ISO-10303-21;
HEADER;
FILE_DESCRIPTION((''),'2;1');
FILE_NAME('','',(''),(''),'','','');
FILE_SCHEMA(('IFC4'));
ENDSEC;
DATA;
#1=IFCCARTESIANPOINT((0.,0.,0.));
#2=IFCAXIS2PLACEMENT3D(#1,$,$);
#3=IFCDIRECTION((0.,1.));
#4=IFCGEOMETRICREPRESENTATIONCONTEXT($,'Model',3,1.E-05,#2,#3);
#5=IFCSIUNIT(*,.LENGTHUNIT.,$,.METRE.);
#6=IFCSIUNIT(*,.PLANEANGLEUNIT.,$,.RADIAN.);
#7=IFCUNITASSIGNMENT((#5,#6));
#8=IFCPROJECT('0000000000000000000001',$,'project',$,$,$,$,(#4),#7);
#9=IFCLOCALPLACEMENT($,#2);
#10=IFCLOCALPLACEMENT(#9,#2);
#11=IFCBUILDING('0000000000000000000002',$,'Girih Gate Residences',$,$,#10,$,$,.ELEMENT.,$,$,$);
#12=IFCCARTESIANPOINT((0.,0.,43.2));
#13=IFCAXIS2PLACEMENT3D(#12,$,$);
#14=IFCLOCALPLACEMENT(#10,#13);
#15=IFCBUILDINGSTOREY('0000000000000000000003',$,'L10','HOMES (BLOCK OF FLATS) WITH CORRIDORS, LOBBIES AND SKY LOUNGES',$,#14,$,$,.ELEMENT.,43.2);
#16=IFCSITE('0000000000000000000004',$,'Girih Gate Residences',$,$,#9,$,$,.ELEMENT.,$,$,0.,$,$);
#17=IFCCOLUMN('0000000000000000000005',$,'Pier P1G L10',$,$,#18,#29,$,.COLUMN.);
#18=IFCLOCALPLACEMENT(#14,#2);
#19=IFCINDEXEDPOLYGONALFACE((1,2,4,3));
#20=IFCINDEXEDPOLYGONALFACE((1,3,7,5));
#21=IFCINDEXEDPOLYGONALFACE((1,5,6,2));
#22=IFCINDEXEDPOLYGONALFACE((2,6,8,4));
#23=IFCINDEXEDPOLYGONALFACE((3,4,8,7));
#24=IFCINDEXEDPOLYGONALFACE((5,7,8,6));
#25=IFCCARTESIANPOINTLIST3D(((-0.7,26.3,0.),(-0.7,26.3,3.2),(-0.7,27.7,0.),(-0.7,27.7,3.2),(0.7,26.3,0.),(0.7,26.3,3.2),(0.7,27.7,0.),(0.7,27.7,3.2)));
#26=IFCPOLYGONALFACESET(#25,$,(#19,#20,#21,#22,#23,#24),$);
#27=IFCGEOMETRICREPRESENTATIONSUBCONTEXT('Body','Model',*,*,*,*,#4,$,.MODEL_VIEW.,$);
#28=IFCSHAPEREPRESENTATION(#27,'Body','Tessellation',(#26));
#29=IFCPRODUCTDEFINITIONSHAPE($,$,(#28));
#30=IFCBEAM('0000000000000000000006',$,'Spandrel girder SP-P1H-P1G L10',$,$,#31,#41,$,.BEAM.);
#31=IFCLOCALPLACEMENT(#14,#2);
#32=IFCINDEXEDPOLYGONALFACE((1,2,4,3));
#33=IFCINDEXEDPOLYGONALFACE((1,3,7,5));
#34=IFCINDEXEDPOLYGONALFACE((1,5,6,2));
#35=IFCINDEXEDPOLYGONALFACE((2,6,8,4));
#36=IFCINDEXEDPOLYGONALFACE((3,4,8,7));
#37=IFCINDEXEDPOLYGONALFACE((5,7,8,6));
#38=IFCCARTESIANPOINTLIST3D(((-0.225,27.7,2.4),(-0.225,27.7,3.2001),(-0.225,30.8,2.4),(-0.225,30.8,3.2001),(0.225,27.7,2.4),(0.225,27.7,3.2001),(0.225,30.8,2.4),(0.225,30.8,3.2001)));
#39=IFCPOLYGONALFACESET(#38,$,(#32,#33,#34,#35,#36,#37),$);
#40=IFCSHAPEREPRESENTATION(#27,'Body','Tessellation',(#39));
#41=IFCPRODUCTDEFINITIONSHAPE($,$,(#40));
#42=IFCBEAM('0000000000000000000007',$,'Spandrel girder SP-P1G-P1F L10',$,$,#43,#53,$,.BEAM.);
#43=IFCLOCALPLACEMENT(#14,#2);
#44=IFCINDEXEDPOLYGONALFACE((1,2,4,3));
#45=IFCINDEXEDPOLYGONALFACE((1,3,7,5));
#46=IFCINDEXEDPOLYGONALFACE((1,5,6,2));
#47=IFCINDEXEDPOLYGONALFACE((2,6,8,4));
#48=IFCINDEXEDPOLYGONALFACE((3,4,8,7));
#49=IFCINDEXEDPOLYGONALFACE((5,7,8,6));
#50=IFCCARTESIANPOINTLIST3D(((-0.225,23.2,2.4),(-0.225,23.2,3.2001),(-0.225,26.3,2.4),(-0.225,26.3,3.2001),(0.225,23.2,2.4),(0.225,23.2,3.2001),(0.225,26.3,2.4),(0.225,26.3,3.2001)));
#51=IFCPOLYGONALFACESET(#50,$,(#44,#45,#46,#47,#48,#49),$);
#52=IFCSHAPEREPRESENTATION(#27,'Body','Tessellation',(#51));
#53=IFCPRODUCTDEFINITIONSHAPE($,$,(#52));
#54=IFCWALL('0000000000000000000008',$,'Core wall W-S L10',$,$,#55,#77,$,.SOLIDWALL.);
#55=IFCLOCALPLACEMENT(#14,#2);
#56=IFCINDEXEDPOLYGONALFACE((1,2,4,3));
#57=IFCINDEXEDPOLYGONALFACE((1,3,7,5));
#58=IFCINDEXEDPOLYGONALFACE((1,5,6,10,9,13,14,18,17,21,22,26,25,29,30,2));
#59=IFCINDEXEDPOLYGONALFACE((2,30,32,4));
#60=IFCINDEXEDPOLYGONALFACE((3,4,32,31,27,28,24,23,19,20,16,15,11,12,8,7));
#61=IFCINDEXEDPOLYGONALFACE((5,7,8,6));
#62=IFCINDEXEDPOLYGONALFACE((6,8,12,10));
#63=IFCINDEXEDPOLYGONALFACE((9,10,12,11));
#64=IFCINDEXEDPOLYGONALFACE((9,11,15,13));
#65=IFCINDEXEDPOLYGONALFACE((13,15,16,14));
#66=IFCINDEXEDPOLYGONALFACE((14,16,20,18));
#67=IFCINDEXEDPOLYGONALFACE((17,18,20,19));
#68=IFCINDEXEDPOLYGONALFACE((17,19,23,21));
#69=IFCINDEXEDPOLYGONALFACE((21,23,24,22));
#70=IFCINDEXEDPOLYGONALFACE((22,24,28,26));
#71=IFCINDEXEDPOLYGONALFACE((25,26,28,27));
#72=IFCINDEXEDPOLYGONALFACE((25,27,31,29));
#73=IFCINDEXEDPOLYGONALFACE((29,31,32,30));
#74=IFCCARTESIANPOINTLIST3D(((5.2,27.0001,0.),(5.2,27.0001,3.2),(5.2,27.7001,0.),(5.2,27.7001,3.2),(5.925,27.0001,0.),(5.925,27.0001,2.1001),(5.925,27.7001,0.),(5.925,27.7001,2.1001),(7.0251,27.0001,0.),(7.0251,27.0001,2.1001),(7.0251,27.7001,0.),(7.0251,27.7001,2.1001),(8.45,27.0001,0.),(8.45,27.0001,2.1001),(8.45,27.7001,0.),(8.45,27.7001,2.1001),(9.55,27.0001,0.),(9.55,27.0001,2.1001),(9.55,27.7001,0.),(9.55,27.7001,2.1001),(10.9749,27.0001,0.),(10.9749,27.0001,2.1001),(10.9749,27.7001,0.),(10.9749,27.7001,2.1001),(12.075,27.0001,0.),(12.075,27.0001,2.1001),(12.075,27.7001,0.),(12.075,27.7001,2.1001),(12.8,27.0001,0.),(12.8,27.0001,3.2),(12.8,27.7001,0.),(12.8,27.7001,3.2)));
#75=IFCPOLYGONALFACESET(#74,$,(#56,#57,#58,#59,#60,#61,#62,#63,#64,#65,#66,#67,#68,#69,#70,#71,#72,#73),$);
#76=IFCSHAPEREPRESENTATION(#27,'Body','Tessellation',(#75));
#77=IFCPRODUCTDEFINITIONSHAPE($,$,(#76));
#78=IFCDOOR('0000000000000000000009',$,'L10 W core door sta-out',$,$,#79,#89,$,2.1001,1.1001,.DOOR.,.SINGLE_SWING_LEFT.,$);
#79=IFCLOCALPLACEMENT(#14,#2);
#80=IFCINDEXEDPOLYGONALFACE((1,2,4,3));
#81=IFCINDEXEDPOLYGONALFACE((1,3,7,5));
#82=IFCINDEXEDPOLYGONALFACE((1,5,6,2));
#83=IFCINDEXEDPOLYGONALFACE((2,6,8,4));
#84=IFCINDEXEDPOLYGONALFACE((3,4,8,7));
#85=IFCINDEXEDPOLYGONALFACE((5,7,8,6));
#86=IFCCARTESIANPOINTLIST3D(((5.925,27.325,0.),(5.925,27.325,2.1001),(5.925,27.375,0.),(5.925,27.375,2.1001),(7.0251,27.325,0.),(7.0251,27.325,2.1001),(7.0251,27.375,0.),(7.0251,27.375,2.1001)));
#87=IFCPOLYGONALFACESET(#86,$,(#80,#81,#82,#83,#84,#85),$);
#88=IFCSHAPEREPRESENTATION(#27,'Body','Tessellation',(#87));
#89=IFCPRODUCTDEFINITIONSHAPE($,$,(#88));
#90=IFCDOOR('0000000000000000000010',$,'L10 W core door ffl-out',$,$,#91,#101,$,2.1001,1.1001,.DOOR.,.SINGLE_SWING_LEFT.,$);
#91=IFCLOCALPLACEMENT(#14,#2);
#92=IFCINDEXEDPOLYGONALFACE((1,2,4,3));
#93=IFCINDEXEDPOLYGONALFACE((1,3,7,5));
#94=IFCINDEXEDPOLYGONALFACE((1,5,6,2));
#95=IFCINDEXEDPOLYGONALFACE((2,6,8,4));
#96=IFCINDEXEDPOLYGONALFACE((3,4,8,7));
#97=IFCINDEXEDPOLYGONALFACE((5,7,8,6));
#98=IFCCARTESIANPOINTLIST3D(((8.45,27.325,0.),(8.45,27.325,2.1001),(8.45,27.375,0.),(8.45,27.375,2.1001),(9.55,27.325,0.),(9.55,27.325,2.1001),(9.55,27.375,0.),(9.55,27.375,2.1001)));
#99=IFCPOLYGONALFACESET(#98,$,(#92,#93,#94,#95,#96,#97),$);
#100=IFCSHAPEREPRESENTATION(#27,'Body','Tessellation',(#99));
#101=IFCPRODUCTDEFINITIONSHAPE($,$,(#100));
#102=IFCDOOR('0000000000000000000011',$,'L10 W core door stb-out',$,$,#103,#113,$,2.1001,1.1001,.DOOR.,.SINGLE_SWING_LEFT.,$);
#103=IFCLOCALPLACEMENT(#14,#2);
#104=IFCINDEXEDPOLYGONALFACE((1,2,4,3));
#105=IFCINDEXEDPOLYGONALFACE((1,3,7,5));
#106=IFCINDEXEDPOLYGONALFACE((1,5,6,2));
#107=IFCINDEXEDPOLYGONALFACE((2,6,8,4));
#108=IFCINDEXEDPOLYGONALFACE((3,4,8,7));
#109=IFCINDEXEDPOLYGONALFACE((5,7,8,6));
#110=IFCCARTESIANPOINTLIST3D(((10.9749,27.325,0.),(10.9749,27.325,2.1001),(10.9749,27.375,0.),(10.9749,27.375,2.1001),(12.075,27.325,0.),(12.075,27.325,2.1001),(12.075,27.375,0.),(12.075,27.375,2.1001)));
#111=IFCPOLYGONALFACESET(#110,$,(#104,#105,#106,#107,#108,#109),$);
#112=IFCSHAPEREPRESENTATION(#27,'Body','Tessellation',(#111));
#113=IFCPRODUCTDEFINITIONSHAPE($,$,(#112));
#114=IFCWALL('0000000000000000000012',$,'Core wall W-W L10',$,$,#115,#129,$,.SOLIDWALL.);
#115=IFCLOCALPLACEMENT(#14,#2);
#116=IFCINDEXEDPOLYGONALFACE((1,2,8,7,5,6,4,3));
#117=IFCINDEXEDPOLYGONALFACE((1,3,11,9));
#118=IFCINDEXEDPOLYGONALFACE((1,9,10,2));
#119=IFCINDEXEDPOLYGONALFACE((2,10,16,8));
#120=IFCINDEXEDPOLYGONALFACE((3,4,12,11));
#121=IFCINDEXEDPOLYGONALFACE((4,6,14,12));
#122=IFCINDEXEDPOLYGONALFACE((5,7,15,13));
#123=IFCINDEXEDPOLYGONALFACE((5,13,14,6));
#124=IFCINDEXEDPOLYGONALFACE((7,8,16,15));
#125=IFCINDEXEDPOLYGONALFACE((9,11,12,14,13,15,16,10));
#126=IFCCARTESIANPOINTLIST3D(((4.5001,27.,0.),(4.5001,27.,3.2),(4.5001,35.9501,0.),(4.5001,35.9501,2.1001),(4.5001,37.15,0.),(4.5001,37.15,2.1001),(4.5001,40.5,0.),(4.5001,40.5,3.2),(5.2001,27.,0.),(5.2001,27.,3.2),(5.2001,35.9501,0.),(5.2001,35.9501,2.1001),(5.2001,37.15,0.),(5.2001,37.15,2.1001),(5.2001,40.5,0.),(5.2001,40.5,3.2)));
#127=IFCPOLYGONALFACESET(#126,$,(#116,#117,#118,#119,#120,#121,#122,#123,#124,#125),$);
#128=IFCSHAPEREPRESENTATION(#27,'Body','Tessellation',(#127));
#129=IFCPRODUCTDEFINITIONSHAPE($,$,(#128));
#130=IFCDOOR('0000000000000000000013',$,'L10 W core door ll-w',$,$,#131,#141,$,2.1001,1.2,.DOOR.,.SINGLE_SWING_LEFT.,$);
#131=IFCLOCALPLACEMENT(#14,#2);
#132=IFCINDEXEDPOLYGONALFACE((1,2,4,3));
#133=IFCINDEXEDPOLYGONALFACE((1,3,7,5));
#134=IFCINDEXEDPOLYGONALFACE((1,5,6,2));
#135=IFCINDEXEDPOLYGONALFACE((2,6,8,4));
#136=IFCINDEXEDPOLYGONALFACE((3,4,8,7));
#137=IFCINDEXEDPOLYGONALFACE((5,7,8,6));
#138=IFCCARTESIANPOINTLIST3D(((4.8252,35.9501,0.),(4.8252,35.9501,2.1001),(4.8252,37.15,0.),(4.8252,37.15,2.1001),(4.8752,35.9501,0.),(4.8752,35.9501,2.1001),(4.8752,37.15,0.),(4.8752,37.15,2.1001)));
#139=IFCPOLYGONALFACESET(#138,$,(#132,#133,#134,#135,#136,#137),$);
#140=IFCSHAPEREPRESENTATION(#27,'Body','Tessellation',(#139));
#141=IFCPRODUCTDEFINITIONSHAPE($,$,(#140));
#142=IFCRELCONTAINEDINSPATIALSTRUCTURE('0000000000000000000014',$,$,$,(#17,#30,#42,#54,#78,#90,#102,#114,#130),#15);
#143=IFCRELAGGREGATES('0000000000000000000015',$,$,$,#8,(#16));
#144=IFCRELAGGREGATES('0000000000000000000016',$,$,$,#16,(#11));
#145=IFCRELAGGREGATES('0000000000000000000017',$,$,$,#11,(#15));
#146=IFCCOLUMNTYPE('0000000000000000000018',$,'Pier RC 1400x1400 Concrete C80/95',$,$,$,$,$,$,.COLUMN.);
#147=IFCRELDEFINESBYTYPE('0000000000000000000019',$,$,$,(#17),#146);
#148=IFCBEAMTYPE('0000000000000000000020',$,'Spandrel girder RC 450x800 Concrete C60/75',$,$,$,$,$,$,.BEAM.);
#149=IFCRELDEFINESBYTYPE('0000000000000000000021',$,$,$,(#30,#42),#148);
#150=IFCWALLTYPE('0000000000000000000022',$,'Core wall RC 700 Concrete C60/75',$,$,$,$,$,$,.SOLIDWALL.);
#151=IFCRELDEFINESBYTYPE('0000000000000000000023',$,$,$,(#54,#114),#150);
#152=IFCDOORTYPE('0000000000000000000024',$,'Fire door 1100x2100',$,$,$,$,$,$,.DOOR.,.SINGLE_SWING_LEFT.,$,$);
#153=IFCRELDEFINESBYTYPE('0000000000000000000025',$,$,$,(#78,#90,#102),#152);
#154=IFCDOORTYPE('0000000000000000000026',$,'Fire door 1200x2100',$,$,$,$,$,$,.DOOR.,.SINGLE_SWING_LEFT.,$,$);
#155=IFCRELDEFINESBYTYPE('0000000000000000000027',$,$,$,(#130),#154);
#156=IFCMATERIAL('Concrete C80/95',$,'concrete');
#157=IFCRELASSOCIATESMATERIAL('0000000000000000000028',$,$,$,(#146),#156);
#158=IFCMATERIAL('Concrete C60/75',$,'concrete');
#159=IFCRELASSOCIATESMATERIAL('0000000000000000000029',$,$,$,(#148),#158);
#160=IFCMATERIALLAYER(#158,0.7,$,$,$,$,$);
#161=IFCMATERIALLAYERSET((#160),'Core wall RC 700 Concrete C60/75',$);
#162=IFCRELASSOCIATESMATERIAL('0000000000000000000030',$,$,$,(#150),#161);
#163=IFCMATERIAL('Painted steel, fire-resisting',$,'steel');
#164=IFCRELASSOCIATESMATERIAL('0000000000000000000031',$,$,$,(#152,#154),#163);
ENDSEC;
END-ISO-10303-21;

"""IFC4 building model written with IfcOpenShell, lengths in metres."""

from ifc_helpers import new_model, si_unit, direction, frame, frame_2d, origin, origin_2d, place, context, subcontext, project, spatial, rectangle, extrude, material, layer, layer_set, material_profile, profile_set, type_object, element, fill, save


model = new_model("IFC4")

# Units and contexts
model_context = context("Model", 3, precision=1e-05, world=origin(), true_north=direction((0.0, 1.0)))
body_context = subcontext(model_context, "Body", "Model", "MODEL_VIEW")
ifc_project = project(units=[si_unit("LENGTHUNIT", "METRE"), si_unit("PLANEANGLEUNIT", "RADIAN")], contexts=[model_context])

# Site, building, storey
site_placement = place(None, origin())
site = spatial("IfcSite", under=ifc_project, at=site_placement, Name="Girih Gate Residences", CompositionType="ELEMENT", RefElevation=0.0)
building_placement = place(site_placement, origin())
building = spatial("IfcBuilding", under=site, at=building_placement, Name="Girih Gate Residences", CompositionType="ELEMENT")
storey_placement = place(building_placement, frame((0.0, 0.0, 43.2)))
storey = spatial("IfcBuildingStorey", under=building, at=storey_placement, Name="L10", Description="HOMES (BLOCK OF FLATS) WITH CORRIDORS, LOBBIES AND SKY LOUNGES", CompositionType="ELEMENT", Elevation=43.2)

# Column
ifc_material_1 = material(Name="Concrete C80/95", Category="concrete")
ifc_material_profile_1 = material_profile(ifc_material_1, rectangle(XDim=1.3999, YDim=1.3999, at=origin_2d()))
ifc_profile_set_1 = profile_set([ifc_material_profile_1], Name="Concrete C80/95")
column_type = type_object("IfcColumnType", Name="Pier RC 1400x1400 Concrete C80/95", PredefinedType="COLUMN", material=ifc_profile_set_1)
column_placement = place(storey_placement, frame((0.0, 27.0, 0.0), z_axis=(0.0, 0.0, 1.0), x_axis=(1.0, 0.0, 0.0)))
element("IfcColumn", 1, at=column_placement, inside=storey, type_object=column_type, Name="Pier P1G L10", PredefinedType="COLUMN", context=body_context, shape_type="SweptSolid", body=[
    extrude(rectangle(XDim=1.3999, YDim=1.3999, at=origin_2d()), origin(), (0.0, 0.0, 1.0), 3.2),
])

# Beams
ifc_material_2 = material(Name="Concrete C60/75", Category="concrete")
ifc_material_profile_2 = material_profile(ifc_material_2, rectangle(XDim=0.45, YDim=0.8, at=origin_2d()))
ifc_profile_set_2 = profile_set([ifc_material_profile_2], Name="Concrete C60/75")
beam_type = type_object("IfcBeamType", Name="Spandrel girder RC 450x800 Concrete C60/75", PredefinedType="BEAM", material=ifc_profile_set_2)
for number, where, z_axis, x_axis, name in (
    (2, (0.0, 30.8, 2.8), (0.0, -1.0, 0.0), (1.0, 0.0, 0.0), "Spandrel girder SP-P1H-P1G L10"),
    (3, (0.0, 26.3, 2.8), (0.0, -1.0, 0.0), (1.0, 0.0, 0.0), "Spandrel girder SP-P1G-P1F L10"),
):
    element("IfcBeam", number, at=place(storey_placement, frame(where, z_axis=z_axis, x_axis=x_axis)), inside=storey, type_object=beam_type, Name=name, PredefinedType="BEAM", context=body_context, shape_type="SweptSolid", body=[
        extrude(rectangle(XDim=0.45, YDim=0.8, at=origin_2d()), origin(), (0.0, 0.0, 1.0), 3.1001),
    ])

# Wall, openings, doors
ifc_layer_1 = layer(ifc_material_2, 0.7)
ifc_layer_set_1 = layer_set([ifc_layer_1], Name="Core wall RC 700 Concrete C60/75")
wall_type_1 = type_object("IfcWallType", Name="Core wall RC 700 Concrete C60/75", PredefinedType="SOLIDWALL", material=ifc_layer_set_1)
wall_1_placement = place(storey_placement, frame((5.2, 27.3501, 0.0), z_axis=(0.0, 0.0, 1.0), x_axis=(1.0, 0.0, 0.0)))
wall_1 = element("IfcWall", 4, at=wall_1_placement, inside=storey, type_object=wall_type_1, Name="Core wall W-S L10", PredefinedType="SOLIDWALL", context=body_context, shape_type="SweptSolid", body=[
    extrude(rectangle(XDim=7.6001, YDim=0.7, at=frame_2d((3.8, 0.0))), origin(), (0.0, 0.0, 1.0), 3.2),
])
opening_1_placement = place(wall_1_placement, frame((0.7251, 0.0, 0.0)))
opening_1 = element("IfcOpeningElement", 5, at=opening_1_placement, cuts=wall_1, PredefinedType="OPENING", context=body_context, shape_type="SweptSolid", body=[
    extrude(rectangle(XDim=1.1001, YDim=2.1001, at=frame_2d((0.55, 1.05))), frame((0.0, 0.3599, 0.0), z_axis=(0.0, -1.0, 0.0), x_axis=(1.0, 0.0, 0.0)), (0.0, 0.0, 1.0), 0.72),
])
opening_2_placement = place(wall_1_placement, frame((3.25, 0.0, 0.0)))
opening_2 = element("IfcOpeningElement", 6, at=opening_2_placement, cuts=wall_1, PredefinedType="OPENING", context=body_context, shape_type="SweptSolid", body=[
    extrude(rectangle(XDim=1.1001, YDim=2.1001, at=frame_2d((0.55, 1.05))), frame((0.0, 0.3599, 0.0), z_axis=(0.0, -1.0, 0.0), x_axis=(1.0, 0.0, 0.0)), (0.0, 0.0, 1.0), 0.72),
])
opening_3_placement = place(wall_1_placement, frame((5.7749, 0.0, 0.0)))
opening_3 = element("IfcOpeningElement", 7, at=opening_3_placement, cuts=wall_1, PredefinedType="OPENING", context=body_context, shape_type="SweptSolid", body=[
    extrude(rectangle(XDim=1.1001, YDim=2.1001, at=frame_2d((0.55, 1.05))), frame((0.0, 0.3599, 0.0), z_axis=(0.0, -1.0, 0.0), x_axis=(1.0, 0.0, 0.0)), (0.0, 0.0, 1.0), 0.72),
])
ifc_material_3 = material(Name="Painted steel, fire-resisting", Category="steel")
door_type_1 = type_object("IfcDoorType", Name="Fire door 1100x2100", OperationType="SINGLE_SWING_LEFT", PredefinedType="DOOR", material=ifc_material_3)
door_1_placement = place(opening_1_placement, origin())
door_1 = element("IfcDoor", 8, at=door_1_placement, inside=storey, type_object=door_type_1, Name="L10 W core door sta-out", OperationType="SINGLE_SWING_LEFT", OverallHeight=2.1001, OverallWidth=1.1001, PredefinedType="DOOR", context=body_context, shape_type="SweptSolid", body=[
    extrude(rectangle(XDim=1.1001, YDim=2.1001, at=frame_2d((0.55, 1.05))), frame((0.0, 0.0249, 0.0), z_axis=(0.0, -1.0, 0.0), x_axis=(1.0, 0.0, 0.0)), (0.0, 0.0, 1.0), 0.05),
])
fill(opening_1, door_1)
door_2_placement = place(opening_2_placement, origin())
door_2 = element("IfcDoor", 9, at=door_2_placement, inside=storey, type_object=door_type_1, Name="L10 W core door ffl-out", OperationType="SINGLE_SWING_LEFT", OverallHeight=2.1001, OverallWidth=1.1001, PredefinedType="DOOR", context=body_context, shape_type="SweptSolid", body=[
    extrude(rectangle(XDim=1.1001, YDim=2.1001, at=frame_2d((0.55, 1.05))), frame((0.0, 0.0249, 0.0), z_axis=(0.0, -1.0, 0.0), x_axis=(1.0, 0.0, 0.0)), (0.0, 0.0, 1.0), 0.05),
])
fill(opening_2, door_2)
door_3_placement = place(opening_3_placement, origin())
door_3 = element("IfcDoor", 10, at=door_3_placement, inside=storey, type_object=door_type_1, Name="L10 W core door stb-out", OperationType="SINGLE_SWING_LEFT", OverallHeight=2.1001, OverallWidth=1.1001, PredefinedType="DOOR", context=body_context, shape_type="SweptSolid", body=[
    extrude(rectangle(XDim=1.1001, YDim=2.1001, at=frame_2d((0.55, 1.05))), frame((0.0, 0.0249, 0.0), z_axis=(0.0, -1.0, 0.0), x_axis=(1.0, 0.0, 0.0)), (0.0, 0.0, 1.0), 0.05),
])
fill(opening_3, door_3)

# Wall, opening, door
wall_2_placement = place(storey_placement, frame((4.8501, 27.0, 0.0), z_axis=(0.0, 0.0, 1.0), x_axis=(0.0, 1.0, 0.0)))
wall_2 = element("IfcWall", 11, at=wall_2_placement, inside=storey, type_object=wall_type_1, Name="Core wall W-W L10", PredefinedType="SOLIDWALL", context=body_context, shape_type="SweptSolid", body=[
    extrude(rectangle(XDim=13.5, YDim=0.7, at=frame_2d((6.75, 0.0))), origin(), (0.0, 0.0, 1.0), 3.2),
])
opening_4_placement = place(wall_2_placement, frame((8.95, 0.0, 0.0)))
opening_4 = element("IfcOpeningElement", 12, at=opening_4_placement, cuts=wall_2, PredefinedType="OPENING", context=body_context, shape_type="SweptSolid", body=[
    extrude(rectangle(XDim=1.2, YDim=2.1001, at=frame_2d((0.6001, 1.05))), frame((0.0, 0.3599, 0.0), z_axis=(0.0, -1.0, 0.0), x_axis=(1.0, 0.0, 0.0)), (0.0, 0.0, 1.0), 0.72),
])
door_type_2 = type_object("IfcDoorType", Name="Fire door 1200x2100", OperationType="SINGLE_SWING_LEFT", PredefinedType="DOOR", material=ifc_material_3)
door_4_placement = place(opening_4_placement, origin())
door_4 = element("IfcDoor", 13, at=door_4_placement, inside=storey, type_object=door_type_2, Name="L10 W core door ll-w", OperationType="SINGLE_SWING_LEFT", OverallHeight=2.1001, OverallWidth=1.2, PredefinedType="DOOR", context=body_context, shape_type="SweptSolid", body=[
    extrude(rectangle(XDim=1.2, YDim=2.1001, at=frame_2d((0.6001, 1.05))), frame((0.0, 0.0249, 0.0), z_axis=(0.0, -1.0, 0.0), x_axis=(1.0, 0.0, 0.0)), (0.0, 0.0, 1.0), 0.05),
])
fill(opening_4, door_4)

save(model, "model.ifc")
